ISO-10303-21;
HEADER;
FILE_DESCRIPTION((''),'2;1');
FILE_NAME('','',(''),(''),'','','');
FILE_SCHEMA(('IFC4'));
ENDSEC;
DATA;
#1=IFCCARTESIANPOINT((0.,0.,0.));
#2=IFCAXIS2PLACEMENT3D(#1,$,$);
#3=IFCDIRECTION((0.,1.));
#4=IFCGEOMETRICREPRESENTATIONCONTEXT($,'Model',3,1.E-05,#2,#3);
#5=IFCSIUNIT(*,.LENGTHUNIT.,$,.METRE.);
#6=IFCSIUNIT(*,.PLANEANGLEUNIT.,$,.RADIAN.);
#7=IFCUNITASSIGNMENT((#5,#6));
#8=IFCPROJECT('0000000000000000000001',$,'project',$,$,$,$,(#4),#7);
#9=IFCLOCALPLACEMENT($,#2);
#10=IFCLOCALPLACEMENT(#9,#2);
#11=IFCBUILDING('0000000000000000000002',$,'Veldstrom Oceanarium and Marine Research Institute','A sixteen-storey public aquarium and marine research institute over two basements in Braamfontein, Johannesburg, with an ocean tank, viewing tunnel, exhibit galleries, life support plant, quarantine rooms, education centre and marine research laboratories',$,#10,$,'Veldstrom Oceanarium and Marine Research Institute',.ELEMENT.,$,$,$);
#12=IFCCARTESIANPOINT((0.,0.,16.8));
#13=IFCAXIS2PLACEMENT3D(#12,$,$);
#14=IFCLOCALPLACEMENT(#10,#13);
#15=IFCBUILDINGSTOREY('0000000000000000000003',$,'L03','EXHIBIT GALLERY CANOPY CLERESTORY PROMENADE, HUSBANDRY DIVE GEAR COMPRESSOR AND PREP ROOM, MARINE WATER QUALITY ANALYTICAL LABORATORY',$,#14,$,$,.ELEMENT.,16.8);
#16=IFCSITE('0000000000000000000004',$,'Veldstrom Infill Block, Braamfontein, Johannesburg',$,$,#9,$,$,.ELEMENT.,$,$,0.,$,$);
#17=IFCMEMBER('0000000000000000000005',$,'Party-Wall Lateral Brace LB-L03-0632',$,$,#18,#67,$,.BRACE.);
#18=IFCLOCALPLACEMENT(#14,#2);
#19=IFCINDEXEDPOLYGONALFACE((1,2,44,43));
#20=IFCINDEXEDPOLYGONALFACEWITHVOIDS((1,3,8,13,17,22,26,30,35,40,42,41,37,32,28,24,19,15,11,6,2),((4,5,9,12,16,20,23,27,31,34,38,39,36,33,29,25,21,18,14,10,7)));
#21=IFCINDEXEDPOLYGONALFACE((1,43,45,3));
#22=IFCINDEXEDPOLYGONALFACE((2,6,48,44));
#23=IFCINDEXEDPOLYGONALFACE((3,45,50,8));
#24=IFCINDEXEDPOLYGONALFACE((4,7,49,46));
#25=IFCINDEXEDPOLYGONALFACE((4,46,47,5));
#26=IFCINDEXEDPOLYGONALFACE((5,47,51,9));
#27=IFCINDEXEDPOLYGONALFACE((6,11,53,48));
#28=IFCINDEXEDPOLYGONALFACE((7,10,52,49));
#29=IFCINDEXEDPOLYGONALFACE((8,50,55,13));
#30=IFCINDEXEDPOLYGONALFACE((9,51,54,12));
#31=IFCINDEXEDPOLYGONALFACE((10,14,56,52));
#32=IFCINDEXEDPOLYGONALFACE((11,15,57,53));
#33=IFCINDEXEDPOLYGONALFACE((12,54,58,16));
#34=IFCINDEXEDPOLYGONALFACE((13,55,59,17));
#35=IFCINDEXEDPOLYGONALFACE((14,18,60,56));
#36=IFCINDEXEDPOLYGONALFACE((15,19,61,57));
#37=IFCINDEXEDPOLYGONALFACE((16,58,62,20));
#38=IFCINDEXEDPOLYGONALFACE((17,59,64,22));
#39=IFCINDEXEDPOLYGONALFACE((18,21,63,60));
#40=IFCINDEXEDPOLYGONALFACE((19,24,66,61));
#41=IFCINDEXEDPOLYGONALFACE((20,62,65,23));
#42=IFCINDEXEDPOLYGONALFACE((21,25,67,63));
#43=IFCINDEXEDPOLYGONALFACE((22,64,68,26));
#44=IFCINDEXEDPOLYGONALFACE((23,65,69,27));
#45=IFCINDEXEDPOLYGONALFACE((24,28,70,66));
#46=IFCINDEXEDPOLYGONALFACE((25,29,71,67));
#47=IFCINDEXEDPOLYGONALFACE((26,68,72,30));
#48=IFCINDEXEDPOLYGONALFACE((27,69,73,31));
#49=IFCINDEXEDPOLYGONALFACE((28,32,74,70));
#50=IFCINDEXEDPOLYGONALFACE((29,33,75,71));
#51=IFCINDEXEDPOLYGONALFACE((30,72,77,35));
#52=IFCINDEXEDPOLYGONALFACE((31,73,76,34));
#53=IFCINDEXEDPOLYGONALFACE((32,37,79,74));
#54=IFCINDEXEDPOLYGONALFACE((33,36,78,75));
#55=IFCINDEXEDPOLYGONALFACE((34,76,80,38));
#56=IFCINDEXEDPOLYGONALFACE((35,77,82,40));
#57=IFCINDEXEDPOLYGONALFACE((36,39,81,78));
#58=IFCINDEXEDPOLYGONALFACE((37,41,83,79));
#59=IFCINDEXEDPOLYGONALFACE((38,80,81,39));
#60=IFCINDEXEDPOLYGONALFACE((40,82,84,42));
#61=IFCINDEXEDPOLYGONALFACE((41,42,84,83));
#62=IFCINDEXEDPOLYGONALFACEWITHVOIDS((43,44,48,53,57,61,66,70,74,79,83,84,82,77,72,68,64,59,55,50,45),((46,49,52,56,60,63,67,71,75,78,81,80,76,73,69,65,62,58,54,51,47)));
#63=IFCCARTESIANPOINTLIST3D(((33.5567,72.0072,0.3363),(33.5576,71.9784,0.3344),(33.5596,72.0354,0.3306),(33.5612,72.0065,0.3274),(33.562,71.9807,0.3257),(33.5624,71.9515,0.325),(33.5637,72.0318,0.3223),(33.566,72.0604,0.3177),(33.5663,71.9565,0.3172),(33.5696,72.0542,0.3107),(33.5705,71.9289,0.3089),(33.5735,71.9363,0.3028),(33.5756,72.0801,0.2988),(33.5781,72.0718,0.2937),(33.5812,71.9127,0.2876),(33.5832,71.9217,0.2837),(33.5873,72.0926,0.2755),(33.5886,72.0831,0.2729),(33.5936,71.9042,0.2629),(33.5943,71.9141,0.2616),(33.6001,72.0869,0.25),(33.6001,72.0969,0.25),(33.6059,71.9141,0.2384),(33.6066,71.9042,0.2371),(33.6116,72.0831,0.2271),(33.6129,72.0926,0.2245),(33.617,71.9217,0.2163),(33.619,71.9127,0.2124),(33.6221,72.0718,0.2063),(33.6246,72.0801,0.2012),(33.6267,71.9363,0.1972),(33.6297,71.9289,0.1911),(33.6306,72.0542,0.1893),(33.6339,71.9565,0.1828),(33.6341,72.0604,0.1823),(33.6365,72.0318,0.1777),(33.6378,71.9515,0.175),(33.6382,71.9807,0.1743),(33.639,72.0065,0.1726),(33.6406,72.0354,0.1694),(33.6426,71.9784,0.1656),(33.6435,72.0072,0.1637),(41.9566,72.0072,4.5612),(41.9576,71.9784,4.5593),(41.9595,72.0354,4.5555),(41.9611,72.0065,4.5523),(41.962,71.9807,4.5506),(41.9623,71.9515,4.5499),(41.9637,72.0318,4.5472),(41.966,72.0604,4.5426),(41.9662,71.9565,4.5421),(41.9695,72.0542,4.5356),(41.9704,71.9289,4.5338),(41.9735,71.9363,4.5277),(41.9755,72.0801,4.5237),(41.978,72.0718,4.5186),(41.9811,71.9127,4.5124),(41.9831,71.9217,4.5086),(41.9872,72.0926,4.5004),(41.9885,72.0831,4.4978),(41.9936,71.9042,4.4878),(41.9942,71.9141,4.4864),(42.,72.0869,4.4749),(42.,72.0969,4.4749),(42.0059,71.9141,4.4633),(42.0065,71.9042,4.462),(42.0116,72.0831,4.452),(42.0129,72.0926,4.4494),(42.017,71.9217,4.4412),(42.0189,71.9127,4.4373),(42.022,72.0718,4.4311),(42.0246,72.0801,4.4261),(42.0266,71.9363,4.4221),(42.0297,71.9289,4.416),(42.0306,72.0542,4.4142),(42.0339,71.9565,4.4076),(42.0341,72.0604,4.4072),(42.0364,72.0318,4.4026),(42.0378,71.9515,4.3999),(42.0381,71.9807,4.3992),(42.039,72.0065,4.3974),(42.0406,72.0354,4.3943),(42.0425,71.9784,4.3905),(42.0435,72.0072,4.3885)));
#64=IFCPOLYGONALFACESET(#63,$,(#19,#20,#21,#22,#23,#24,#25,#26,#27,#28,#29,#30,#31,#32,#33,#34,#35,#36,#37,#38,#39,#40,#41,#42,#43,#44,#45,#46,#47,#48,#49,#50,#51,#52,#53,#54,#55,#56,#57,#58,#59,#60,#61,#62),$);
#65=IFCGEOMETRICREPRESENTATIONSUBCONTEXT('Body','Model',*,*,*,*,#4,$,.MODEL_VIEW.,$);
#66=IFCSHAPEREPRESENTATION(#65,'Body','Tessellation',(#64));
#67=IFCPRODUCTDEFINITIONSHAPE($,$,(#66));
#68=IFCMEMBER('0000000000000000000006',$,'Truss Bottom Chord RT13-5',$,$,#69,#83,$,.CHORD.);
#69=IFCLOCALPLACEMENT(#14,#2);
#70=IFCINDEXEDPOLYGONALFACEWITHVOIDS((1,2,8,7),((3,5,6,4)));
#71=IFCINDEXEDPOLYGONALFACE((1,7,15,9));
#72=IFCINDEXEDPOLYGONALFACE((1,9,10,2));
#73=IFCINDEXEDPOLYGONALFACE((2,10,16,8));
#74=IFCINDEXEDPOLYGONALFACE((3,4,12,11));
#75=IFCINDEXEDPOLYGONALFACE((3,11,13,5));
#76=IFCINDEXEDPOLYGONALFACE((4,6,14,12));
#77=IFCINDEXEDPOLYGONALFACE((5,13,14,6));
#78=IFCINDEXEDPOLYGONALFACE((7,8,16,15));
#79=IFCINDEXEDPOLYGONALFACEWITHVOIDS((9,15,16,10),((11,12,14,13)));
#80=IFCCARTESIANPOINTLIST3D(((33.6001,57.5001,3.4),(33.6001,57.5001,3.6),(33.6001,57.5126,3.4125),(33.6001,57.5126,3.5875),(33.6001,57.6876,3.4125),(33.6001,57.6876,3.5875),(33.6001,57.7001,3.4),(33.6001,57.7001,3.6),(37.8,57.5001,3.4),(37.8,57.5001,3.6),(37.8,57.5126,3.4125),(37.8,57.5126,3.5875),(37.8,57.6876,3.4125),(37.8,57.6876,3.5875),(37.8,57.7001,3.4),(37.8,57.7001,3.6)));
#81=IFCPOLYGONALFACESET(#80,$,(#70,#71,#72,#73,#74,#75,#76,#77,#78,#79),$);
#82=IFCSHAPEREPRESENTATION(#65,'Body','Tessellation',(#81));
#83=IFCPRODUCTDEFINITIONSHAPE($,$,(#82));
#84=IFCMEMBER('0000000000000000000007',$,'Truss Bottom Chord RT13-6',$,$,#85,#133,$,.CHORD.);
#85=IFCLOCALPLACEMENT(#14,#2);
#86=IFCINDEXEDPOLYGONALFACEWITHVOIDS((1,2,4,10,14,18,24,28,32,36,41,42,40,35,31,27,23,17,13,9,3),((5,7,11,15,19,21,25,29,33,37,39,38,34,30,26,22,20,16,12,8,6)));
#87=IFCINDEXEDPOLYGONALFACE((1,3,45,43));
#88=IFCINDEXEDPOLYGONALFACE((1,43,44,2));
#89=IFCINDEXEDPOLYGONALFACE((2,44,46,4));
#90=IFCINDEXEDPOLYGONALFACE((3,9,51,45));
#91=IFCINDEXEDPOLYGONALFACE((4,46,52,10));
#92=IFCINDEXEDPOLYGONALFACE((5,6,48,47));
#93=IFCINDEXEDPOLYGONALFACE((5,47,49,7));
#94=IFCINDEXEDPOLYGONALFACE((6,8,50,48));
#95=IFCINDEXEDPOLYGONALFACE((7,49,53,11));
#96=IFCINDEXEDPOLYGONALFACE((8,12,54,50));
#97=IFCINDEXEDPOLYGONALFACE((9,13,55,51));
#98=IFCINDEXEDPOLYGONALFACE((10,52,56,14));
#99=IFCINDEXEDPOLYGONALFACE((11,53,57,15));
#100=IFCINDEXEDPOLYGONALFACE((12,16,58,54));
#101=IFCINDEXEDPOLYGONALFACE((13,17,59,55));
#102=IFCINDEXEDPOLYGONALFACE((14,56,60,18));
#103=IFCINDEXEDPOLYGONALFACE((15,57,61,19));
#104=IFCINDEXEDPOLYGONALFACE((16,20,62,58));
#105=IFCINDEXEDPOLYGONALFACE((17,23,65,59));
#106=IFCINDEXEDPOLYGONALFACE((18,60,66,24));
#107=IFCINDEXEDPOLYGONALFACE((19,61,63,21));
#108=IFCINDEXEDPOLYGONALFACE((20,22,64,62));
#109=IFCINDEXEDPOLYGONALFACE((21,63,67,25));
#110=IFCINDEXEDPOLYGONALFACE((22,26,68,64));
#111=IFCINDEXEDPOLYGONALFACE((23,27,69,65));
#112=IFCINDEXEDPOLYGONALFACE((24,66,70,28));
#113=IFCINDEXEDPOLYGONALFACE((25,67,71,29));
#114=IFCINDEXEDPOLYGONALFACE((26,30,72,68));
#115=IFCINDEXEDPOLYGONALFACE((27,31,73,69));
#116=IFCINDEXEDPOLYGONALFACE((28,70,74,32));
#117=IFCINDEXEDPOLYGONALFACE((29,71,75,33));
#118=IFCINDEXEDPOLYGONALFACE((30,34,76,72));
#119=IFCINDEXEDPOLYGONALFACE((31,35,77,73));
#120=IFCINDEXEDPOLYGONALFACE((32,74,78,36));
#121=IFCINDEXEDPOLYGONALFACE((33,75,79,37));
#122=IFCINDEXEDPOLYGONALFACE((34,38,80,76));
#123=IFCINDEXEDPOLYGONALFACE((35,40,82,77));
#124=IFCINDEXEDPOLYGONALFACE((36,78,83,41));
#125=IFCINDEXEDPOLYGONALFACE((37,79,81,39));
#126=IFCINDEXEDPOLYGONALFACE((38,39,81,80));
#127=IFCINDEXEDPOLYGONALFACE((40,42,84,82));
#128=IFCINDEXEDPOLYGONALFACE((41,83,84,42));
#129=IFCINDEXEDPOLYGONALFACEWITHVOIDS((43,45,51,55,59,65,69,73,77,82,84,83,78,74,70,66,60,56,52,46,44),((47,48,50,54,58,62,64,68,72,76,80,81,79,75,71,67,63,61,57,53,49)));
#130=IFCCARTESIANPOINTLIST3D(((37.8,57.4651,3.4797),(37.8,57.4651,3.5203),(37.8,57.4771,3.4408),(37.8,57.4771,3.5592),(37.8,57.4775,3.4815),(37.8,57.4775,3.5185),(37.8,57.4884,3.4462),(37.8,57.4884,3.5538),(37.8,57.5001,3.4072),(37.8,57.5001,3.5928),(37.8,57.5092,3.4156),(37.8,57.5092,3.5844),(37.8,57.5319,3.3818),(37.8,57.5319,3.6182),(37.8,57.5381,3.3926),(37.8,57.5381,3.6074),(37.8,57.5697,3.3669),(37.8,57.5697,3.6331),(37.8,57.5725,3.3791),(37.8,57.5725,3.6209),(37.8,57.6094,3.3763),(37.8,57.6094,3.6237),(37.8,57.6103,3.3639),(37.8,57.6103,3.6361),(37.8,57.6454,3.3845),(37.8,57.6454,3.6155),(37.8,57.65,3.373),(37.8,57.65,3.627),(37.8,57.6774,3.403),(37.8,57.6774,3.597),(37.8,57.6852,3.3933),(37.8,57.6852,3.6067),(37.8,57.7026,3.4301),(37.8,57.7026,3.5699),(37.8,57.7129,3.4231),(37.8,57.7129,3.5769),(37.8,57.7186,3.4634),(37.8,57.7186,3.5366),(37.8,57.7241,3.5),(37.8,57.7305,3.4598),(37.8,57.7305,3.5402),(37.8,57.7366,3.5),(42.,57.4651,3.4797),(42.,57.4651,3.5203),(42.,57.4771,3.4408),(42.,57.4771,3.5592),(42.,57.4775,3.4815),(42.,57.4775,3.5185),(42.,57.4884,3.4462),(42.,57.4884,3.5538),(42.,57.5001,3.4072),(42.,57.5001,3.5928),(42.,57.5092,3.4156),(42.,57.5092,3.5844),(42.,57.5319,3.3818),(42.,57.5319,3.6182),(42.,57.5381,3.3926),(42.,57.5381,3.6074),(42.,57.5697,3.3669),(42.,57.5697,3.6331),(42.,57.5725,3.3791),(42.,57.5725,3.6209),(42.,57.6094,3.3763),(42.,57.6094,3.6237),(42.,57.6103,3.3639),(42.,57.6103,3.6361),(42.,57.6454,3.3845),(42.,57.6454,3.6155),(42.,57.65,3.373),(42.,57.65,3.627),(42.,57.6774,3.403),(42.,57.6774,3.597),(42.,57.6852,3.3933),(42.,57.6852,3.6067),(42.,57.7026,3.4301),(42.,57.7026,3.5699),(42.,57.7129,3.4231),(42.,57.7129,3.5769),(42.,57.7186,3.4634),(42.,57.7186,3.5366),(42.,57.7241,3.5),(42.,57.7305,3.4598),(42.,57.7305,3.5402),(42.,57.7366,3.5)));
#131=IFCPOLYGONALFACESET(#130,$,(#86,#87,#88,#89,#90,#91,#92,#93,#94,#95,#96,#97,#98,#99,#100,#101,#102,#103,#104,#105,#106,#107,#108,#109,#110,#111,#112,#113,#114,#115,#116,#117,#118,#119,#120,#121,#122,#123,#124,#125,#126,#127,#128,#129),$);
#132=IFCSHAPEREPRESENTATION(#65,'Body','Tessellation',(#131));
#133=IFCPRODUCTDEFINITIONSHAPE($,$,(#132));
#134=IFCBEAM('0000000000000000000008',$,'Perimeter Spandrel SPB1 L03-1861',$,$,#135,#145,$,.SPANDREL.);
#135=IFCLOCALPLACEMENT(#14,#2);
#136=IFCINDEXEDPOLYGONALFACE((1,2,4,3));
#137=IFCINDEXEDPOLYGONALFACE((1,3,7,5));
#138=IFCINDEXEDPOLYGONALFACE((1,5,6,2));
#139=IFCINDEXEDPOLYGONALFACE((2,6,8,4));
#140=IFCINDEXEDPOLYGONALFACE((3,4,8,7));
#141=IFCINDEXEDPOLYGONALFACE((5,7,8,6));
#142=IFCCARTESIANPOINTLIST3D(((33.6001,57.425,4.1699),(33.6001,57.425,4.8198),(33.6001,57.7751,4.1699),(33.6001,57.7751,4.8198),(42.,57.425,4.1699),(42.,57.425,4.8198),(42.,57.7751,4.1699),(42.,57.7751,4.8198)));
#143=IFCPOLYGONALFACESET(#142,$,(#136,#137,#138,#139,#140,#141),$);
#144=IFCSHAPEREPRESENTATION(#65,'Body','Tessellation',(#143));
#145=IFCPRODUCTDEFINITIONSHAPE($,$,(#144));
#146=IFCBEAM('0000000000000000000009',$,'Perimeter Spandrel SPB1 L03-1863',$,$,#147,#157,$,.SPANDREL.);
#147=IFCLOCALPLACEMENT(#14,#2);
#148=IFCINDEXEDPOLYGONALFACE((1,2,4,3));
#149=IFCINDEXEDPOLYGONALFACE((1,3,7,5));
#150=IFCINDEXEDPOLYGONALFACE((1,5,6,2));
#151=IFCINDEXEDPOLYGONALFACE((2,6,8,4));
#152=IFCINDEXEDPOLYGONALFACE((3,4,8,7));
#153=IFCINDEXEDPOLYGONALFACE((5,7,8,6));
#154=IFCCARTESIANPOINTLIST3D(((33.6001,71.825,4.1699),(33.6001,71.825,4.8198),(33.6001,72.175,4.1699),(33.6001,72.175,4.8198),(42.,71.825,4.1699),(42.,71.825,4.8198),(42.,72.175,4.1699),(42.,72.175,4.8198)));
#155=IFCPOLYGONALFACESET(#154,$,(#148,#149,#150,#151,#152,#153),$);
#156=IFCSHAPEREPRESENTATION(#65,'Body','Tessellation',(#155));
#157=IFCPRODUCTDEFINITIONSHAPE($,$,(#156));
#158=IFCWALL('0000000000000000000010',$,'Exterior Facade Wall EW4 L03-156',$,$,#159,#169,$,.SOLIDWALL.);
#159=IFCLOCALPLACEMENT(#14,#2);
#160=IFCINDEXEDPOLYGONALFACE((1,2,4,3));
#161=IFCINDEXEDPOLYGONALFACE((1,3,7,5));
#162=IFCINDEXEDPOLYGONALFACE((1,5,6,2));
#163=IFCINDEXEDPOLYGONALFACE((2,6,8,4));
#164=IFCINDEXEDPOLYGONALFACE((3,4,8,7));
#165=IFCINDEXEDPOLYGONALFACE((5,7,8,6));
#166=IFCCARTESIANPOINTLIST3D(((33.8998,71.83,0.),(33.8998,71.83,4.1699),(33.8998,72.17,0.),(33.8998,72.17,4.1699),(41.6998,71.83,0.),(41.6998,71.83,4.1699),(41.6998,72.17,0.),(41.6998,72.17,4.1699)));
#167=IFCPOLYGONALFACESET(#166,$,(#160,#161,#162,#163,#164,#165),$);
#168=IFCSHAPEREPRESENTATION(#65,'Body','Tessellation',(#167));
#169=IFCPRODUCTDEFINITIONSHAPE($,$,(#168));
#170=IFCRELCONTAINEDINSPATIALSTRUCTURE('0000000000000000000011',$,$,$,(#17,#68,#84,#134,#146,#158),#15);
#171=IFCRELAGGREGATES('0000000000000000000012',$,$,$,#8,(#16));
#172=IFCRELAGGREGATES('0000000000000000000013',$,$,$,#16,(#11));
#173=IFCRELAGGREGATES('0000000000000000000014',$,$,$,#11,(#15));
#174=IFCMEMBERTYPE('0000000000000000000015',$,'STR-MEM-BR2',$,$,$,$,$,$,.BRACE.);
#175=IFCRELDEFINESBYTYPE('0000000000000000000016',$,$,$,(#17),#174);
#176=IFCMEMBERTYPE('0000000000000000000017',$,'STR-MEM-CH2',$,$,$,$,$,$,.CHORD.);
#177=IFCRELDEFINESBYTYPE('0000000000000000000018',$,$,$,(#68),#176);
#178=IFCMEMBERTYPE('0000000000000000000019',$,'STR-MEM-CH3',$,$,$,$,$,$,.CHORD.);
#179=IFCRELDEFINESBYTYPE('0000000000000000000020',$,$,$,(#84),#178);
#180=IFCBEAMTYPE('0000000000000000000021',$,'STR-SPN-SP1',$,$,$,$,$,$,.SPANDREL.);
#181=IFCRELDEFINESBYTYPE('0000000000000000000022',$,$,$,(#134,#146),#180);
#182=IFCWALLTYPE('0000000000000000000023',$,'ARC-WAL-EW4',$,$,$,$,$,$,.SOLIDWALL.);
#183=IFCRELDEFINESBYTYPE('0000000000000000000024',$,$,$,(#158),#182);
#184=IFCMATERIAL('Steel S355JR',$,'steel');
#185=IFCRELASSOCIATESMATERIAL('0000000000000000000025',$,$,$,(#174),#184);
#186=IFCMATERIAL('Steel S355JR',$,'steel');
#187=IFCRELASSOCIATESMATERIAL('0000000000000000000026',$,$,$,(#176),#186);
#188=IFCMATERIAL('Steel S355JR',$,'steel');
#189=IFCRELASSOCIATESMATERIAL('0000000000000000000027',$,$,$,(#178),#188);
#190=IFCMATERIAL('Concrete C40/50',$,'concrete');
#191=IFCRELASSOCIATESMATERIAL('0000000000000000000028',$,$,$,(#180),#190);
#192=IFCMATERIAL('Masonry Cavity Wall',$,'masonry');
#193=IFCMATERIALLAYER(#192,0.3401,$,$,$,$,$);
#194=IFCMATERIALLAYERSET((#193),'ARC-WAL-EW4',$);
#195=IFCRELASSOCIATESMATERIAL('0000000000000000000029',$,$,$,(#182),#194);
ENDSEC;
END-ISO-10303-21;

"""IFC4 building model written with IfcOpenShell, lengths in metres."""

from ifc_helpers import new_model, si_unit, direction, frame, frame_2d, origin, origin_2d, place, context, subcontext, project, spatial, rectangle, hollow_rectangle, hollow_circle, extrude, material, layer, layer_set, material_profile, profile_set, type_object, element, save


model = new_model("IFC4")

# Units and contexts
model_context = context("Model", 3, precision=1e-05, world=origin(), true_north=direction((0.0, 1.0)))
body_context = subcontext(model_context, "Body", "Model", "MODEL_VIEW")
ifc_project = project(units=[si_unit("LENGTHUNIT", "METRE"), si_unit("PLANEANGLEUNIT", "RADIAN")], contexts=[model_context])

# Site, building, storey
site_placement = place(None, origin())
site = spatial("IfcSite", under=ifc_project, at=site_placement, Name="Veldstrom Infill Block, Braamfontein, Johannesburg", CompositionType="ELEMENT", RefElevation=0.0)
building_placement = place(site_placement, origin())
building = spatial("IfcBuilding", under=site, at=building_placement, Name="Veldstrom Oceanarium and Marine Research Institute", Description="A sixteen-storey public aquarium and marine research institute over two basements in Braamfontein, Johannesburg, with an ocean tank, viewing tunnel, exhibit galleries, life support plant, quarantine rooms, education centre and marine research laboratories", LongName="Veldstrom Oceanarium and Marine Research Institute", CompositionType="ELEMENT")
storey_placement = place(building_placement, frame((0.0, 0.0, 16.8)))
storey = spatial("IfcBuildingStorey", under=building, at=storey_placement, Name="L03", Description="EXHIBIT GALLERY CANOPY CLERESTORY PROMENADE, HUSBANDRY DIVE GEAR COMPRESSOR AND PREP ROOM, MARINE WATER QUALITY ANALYTICAL LABORATORY", CompositionType="ELEMENT", Elevation=16.8)

# Members
ifc_material_1 = material(Name="Steel S355JR", Category="steel")
ifc_material_profile_1 = material_profile(ifc_material_1, hollow_circle(Radius=0.0969, WallThickness=0.01, at=origin_2d()), Name="CHS 193.7x10")
ifc_profile_set_1 = profile_set([ifc_material_profile_1], Name="Steel S355JR")
member_type_1 = type_object("IfcMemberType", Name="STR-MEM-BR2", PredefinedType="BRACE", material=ifc_profile_set_1)
member_1_placement = place(storey_placement, frame((33.6001, 72.0, 0.25), z_axis=(0.893365, 0.0, 0.449331), x_axis=(0.0, 1.0, 0.0)))
element("IfcMember", 1, at=member_1_placement, inside=storey, type_object=member_type_1, Name="Party-Wall Lateral Brace LB-L03-0632", PredefinedType="BRACE", context=body_context, shape_type="SweptSolid", body=[
    extrude(hollow_circle(Radius=0.0969, WallThickness=0.01, at=origin_2d()), origin(), (0.0, 0.0, 1.0), 9.4026),
])
ifc_material_2 = material(Name="Steel S355JR", Category="steel")
ifc_material_profile_2 = material_profile(ifc_material_2, hollow_rectangle(XDim=0.2, YDim=0.2, WallThickness=0.0125, at=origin_2d()), Name="SHS 200x200x12.5")
ifc_profile_set_2 = profile_set([ifc_material_profile_2], Name="Steel S355JR")
member_type_2 = type_object("IfcMemberType", Name="STR-MEM-CH2", PredefinedType="CHORD", material=ifc_profile_set_2)
member_2_placement = place(storey_placement, frame((33.6001, 57.6001, 3.5), z_axis=(1.0, 0.0, 0.0), x_axis=(0.0, 1.0, 0.0)))
element("IfcMember", 2, at=member_2_placement, inside=storey, type_object=member_type_2, Name="Truss Bottom Chord RT13-5", PredefinedType="CHORD", context=body_context, shape_type="SweptSolid", body=[
    extrude(hollow_rectangle(XDim=0.2, YDim=0.2, WallThickness=0.0125, at=origin_2d()), origin(), (0.0, 0.0, 1.0), 4.2),
])
ifc_material_3 = material(Name="Steel S355JR", Category="steel")
ifc_material_profile_3 = material_profile(ifc_material_3, hollow_circle(Radius=0.1365, WallThickness=0.0125, at=origin_2d()), Name="CHS 273x12.5")
ifc_profile_set_3 = profile_set([ifc_material_profile_3], Name="Steel S355JR")
member_type_3 = type_object("IfcMemberType", Name="STR-MEM-CH3", PredefinedType="CHORD", material=ifc_profile_set_3)
member_3_placement = place(storey_placement, frame((37.8, 57.6001, 3.5), z_axis=(1.0, 0.0, 0.0), x_axis=(0.0, 1.0, 0.0)))
element("IfcMember", 3, at=member_3_placement, inside=storey, type_object=member_type_3, Name="Truss Bottom Chord RT13-6", PredefinedType="CHORD", context=body_context, shape_type="SweptSolid", body=[
    extrude(hollow_circle(Radius=0.1365, WallThickness=0.0125, at=origin_2d()), origin(), (0.0, 0.0, 1.0), 4.2),
])

# Beams
ifc_material_4 = material(Name="Concrete C40/50", Category="concrete")
ifc_material_profile_4 = material_profile(ifc_material_4, rectangle(XDim=0.3501, YDim=0.6499, at=origin_2d()), Name="RC-SPN-350x650")
ifc_profile_set_4 = profile_set([ifc_material_profile_4], Name="Concrete C40/50")
beam_type_1 = type_object("IfcBeamType", Name="STR-SPN-SP1", PredefinedType="SPANDREL", material=ifc_profile_set_4)
for number, where, z_axis, x_axis, name in (
    (4, (33.6001, 57.6001, 4.4949), (1.0, 0.0, 0.0), (0.0, 1.0, 0.0), "Perimeter Spandrel SPB1 L03-1861"),
    (5, (33.6001, 72.0, 4.4949), (1.0, 0.0, 0.0), (0.0, 1.0, 0.0), "Perimeter Spandrel SPB1 L03-1863"),
):
    element("IfcBeam", number, at=place(storey_placement, frame(where, z_axis=z_axis, x_axis=x_axis)), inside=storey, type_object=beam_type_1, Name=name, PredefinedType="SPANDREL", context=body_context, shape_type="SweptSolid", body=[
        extrude(rectangle(XDim=0.3501, YDim=0.6499, at=origin_2d()), origin(), (0.0, 0.0, 1.0), 8.3999),
    ])

# Wall
ifc_material_5 = material(Name="Masonry Cavity Wall", Category="masonry")
ifc_layer_1 = layer(ifc_material_5, 0.3401)
ifc_layer_set_1 = layer_set([ifc_layer_1], Name="ARC-WAL-EW4")
wall_type_1 = type_object("IfcWallType", Name="ARC-WAL-EW4", PredefinedType="SOLIDWALL", material=ifc_layer_set_1)
wall_1_placement = place(storey_placement, frame((33.8999, 72.0, 0.0), z_axis=(0.0, 0.0, 1.0), x_axis=(1.0, 0.0, 0.0)))
element("IfcWall", 6, at=wall_1_placement, inside=storey, type_object=wall_type_1, Name="Exterior Facade Wall EW4 L03-156", PredefinedType="SOLIDWALL", context=body_context, shape_type="SweptSolid", body=[
    extrude(rectangle(XDim=7.8, YDim=0.3401, at=frame_2d((3.8999, 0.0))), origin(), (0.0, 0.0, 1.0), 4.1699),
])

save(model, "model.ifc")
